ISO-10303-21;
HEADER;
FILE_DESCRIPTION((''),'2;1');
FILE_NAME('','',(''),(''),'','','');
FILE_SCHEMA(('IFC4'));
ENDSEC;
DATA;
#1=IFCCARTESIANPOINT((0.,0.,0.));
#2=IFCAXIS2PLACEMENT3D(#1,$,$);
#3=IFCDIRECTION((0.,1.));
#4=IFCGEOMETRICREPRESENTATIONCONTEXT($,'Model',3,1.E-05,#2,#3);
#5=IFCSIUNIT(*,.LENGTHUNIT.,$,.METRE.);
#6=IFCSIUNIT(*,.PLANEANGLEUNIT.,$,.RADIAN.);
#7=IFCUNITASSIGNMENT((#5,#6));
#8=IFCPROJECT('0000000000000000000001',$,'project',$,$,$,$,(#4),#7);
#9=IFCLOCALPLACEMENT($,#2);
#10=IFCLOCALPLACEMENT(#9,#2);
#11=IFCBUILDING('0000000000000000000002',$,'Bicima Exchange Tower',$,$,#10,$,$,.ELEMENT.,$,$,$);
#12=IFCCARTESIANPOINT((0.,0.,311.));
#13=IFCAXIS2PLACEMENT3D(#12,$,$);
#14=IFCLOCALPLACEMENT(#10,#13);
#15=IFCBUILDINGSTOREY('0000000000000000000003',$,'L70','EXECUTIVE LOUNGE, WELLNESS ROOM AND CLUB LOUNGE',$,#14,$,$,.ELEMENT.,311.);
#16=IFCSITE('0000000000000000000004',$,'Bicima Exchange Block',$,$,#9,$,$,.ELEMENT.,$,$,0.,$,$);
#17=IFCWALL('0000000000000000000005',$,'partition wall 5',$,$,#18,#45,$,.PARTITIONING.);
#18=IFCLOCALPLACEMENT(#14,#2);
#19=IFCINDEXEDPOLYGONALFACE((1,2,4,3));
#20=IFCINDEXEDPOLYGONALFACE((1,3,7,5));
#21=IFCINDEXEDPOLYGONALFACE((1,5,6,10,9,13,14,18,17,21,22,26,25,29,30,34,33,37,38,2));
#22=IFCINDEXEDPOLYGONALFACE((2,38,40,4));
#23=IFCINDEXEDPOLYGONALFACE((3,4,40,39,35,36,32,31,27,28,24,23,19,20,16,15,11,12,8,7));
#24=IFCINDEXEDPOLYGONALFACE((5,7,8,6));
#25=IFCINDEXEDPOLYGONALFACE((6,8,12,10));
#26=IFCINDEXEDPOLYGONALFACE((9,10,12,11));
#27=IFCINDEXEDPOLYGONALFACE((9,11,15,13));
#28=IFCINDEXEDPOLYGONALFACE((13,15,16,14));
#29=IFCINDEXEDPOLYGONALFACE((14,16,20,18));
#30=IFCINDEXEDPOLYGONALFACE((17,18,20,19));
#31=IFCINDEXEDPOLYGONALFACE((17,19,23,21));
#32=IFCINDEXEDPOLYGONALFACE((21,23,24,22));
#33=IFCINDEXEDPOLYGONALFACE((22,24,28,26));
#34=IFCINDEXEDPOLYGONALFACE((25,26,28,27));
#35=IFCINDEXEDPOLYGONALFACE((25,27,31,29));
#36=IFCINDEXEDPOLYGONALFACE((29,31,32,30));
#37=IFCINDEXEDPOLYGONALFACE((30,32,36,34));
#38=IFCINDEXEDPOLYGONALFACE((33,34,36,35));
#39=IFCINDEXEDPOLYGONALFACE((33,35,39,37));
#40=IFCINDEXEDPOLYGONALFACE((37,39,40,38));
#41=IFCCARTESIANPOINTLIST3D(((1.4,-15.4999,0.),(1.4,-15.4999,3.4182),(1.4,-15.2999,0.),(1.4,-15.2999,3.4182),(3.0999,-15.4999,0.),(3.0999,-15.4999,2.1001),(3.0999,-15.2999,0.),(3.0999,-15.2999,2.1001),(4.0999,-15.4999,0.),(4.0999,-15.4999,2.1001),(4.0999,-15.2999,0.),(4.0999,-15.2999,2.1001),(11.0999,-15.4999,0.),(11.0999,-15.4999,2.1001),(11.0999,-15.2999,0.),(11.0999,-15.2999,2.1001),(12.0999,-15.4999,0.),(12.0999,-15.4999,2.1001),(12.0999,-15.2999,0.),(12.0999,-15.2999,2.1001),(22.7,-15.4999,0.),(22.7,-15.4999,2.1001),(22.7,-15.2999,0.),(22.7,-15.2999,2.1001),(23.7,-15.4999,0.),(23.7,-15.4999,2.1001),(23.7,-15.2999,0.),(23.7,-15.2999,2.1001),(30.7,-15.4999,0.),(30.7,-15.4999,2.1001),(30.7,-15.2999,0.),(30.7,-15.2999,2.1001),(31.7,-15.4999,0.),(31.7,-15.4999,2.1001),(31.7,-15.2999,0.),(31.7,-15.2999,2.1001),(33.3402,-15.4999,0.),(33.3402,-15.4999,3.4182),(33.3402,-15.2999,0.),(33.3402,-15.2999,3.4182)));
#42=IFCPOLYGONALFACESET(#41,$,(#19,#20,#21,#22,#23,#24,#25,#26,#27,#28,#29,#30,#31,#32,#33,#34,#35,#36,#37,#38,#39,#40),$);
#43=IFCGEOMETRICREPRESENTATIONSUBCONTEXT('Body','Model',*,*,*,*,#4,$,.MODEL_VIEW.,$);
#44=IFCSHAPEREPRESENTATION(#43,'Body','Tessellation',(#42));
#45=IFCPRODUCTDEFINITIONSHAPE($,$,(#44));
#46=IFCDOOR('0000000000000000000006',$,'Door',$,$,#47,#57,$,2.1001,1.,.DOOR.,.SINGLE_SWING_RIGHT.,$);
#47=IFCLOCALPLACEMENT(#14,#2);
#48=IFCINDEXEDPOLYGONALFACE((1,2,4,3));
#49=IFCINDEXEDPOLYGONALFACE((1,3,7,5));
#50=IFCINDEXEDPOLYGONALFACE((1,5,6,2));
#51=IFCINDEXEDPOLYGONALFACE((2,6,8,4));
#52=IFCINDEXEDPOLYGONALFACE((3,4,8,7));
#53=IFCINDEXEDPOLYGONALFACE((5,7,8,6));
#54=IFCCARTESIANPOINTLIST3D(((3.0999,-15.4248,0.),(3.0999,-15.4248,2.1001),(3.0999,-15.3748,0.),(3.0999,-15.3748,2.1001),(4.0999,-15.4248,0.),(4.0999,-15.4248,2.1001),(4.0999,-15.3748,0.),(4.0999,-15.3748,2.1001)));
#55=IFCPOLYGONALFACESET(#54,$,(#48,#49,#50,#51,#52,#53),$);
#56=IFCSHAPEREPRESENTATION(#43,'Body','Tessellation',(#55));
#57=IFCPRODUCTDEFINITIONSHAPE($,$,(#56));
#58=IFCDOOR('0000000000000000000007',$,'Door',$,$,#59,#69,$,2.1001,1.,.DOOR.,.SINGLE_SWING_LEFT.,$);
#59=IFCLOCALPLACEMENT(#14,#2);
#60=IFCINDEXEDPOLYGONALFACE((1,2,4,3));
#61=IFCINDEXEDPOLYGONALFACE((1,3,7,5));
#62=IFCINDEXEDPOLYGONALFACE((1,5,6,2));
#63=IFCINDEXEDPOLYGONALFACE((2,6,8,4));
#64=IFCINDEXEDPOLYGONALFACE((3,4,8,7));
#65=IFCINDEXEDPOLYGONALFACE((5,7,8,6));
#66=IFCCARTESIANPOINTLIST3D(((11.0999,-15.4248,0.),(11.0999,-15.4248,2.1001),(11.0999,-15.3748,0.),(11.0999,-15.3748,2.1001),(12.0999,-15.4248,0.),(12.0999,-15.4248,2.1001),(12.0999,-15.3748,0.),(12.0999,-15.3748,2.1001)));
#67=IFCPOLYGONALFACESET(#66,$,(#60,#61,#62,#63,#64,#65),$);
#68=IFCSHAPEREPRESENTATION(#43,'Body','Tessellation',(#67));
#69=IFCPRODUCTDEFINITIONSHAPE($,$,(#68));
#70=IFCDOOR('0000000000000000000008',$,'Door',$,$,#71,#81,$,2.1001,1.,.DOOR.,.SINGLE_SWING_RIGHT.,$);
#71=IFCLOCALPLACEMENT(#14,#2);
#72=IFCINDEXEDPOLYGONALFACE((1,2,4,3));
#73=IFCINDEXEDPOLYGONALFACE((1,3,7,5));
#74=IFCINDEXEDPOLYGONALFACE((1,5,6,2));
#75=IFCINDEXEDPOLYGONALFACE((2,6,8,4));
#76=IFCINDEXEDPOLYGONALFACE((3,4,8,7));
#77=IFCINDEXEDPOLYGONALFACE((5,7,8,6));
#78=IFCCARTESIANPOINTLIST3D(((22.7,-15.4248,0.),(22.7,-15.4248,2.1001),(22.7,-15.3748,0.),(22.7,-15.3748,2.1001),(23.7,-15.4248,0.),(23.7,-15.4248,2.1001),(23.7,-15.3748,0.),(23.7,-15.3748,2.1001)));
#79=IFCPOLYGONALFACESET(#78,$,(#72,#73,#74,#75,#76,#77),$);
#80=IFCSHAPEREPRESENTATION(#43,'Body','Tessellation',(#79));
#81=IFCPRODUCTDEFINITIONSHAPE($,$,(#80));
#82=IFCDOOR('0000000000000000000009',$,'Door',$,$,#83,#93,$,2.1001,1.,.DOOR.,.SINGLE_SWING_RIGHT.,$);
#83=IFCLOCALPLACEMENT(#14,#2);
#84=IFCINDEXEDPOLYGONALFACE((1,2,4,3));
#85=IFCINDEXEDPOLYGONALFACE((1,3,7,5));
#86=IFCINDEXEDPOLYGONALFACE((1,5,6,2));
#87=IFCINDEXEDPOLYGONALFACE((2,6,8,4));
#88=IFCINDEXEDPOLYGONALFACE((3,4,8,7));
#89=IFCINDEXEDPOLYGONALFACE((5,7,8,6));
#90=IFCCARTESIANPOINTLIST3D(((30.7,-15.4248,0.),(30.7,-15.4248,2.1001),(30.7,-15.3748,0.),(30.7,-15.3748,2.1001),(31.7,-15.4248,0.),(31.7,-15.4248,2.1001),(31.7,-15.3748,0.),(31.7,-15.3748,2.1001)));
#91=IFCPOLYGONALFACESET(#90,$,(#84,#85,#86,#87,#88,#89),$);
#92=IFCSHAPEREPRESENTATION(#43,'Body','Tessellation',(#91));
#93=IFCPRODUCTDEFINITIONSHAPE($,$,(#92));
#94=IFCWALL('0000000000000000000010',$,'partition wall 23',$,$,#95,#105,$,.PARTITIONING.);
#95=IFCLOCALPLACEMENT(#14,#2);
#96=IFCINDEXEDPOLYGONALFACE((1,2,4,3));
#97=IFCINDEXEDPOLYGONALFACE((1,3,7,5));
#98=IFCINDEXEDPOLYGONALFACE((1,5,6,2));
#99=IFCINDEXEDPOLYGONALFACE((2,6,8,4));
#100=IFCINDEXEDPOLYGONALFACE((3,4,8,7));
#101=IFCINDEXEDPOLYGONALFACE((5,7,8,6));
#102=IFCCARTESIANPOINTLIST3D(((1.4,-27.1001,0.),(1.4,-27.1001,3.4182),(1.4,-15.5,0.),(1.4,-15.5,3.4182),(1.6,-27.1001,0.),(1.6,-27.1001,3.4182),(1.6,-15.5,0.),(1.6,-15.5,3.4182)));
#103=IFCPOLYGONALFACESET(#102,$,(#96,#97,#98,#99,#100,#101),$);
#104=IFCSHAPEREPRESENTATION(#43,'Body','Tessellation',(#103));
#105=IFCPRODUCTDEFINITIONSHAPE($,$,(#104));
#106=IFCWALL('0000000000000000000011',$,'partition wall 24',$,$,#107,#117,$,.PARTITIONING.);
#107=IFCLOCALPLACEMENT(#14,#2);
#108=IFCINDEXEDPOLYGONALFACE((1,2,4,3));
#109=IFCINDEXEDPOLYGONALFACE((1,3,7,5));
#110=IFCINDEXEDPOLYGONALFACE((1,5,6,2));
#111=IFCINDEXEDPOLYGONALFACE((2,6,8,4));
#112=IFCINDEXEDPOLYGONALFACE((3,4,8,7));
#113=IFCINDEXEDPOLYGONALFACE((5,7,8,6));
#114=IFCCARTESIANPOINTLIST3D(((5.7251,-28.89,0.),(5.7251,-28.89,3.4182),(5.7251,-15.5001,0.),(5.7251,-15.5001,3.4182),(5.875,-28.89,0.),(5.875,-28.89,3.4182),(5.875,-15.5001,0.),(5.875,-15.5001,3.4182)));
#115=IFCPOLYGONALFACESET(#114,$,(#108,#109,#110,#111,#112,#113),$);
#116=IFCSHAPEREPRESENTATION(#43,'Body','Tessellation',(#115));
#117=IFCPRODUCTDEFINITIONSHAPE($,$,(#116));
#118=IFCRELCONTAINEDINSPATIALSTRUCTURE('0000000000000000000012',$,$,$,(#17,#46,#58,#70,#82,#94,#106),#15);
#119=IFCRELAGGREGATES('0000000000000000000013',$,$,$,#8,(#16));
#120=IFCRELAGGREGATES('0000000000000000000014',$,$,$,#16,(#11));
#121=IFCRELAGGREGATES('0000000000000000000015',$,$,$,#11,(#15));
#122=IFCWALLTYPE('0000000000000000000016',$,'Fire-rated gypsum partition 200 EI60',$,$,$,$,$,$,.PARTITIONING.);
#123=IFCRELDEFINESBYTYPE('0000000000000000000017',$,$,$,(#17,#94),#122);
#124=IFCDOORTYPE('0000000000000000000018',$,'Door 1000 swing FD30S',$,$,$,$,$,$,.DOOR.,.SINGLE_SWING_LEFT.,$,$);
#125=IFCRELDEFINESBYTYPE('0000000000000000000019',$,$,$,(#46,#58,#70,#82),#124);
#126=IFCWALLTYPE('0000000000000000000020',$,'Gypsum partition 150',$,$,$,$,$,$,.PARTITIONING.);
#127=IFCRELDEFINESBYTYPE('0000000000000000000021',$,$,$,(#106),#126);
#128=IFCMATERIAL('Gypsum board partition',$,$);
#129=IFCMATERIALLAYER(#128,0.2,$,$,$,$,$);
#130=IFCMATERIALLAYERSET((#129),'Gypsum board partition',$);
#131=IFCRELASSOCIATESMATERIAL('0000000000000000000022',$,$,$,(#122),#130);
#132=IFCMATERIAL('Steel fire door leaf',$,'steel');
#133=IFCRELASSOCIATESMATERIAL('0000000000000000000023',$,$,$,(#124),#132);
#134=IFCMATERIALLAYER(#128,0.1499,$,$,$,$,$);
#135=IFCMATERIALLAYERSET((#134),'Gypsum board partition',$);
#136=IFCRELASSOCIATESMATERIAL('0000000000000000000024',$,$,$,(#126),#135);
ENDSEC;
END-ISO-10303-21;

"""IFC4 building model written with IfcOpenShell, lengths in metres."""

from ifc_helpers import new_model, si_unit, direction, frame, frame_2d, origin, place, context, subcontext, project, spatial, rectangle, extrude, material, layer, layer_set, type_object, element, fill, save


model = new_model("IFC4")

# Units and contexts
model_context = context("Model", 3, precision=1e-05, world=origin(), true_north=direction((0.0, 1.0)))
body_context = subcontext(model_context, "Body", "Model", "MODEL_VIEW")
ifc_project = project(units=[si_unit("LENGTHUNIT", "METRE"), si_unit("PLANEANGLEUNIT", "RADIAN")], contexts=[model_context])

# Site, building, storey
site_placement = place(None, origin())
site = spatial("IfcSite", under=ifc_project, at=site_placement, Name="Bicima Exchange Block", CompositionType="ELEMENT", RefElevation=0.0)
building_placement = place(site_placement, origin())
building = spatial("IfcBuilding", under=site, at=building_placement, Name="Bicima Exchange Tower", CompositionType="ELEMENT")
storey_placement = place(building_placement, frame((0.0, 0.0, 311.0)))
storey = spatial("IfcBuildingStorey", under=building, at=storey_placement, Name="L70", Description="EXECUTIVE LOUNGE, WELLNESS ROOM AND CLUB LOUNGE", CompositionType="ELEMENT", Elevation=311.0)

# Wall, openings, doors
ifc_material_1 = material(Name="Gypsum board partition")
ifc_layer_1 = layer(ifc_material_1, 0.2)
ifc_layer_set_1 = layer_set([ifc_layer_1], Name="Gypsum board partition")
wall_type_1 = type_object("IfcWallType", Name="Fire-rated gypsum partition 200 EI60", PredefinedType="PARTITIONING", material=ifc_layer_set_1)
wall_1_placement = place(storey_placement, frame((1.3999, -15.3999, 0.0), z_axis=(0.0, 0.0, 1.0), x_axis=(1.0, 0.0, 0.0)))
wall_1 = element("IfcWall", 1, at=wall_1_placement, inside=storey, type_object=wall_type_1, Name="partition wall 5", PredefinedType="PARTITIONING", context=body_context, shape_type="SweptSolid", body=[
    extrude(rectangle(XDim=31.9402, YDim=0.2, at=frame_2d((15.9702, 0.0))), origin(), (0.0, 0.0, 1.0), 3.4182),
])
opening_1_placement = place(wall_1_placement, frame((1.7, 0.0, 0.0)))
opening_1 = element("IfcOpeningElement", 2, at=opening_1_placement, cuts=wall_1, PredefinedType="OPENING", context=body_context, shape_type="SweptSolid", body=[
    extrude(rectangle(XDim=1.0, YDim=2.1001, at=frame_2d((0.5, 1.05))), frame((0.0, 0.1118, 0.0), z_axis=(0.0, -1.0, 0.0), x_axis=(1.0, 0.0, 0.0)), (0.0, 0.0, 1.0), 0.2239),
])
opening_2_placement = place(wall_1_placement, frame((9.7, 0.0, 0.0)))
opening_2 = element("IfcOpeningElement", 3, at=opening_2_placement, cuts=wall_1, PredefinedType="OPENING", context=body_context, shape_type="SweptSolid", body=[
    extrude(rectangle(XDim=1.0, YDim=2.1001, at=frame_2d((0.5, 1.05))), frame((0.0, 0.1118, 0.0), z_axis=(0.0, -1.0, 0.0), x_axis=(1.0, 0.0, 0.0)), (0.0, 0.0, 1.0), 0.2239),
])
opening_3_placement = place(wall_1_placement, frame((21.3, 0.0, 0.0)))
opening_3 = element("IfcOpeningElement", 4, at=opening_3_placement, cuts=wall_1, PredefinedType="OPENING", context=body_context, shape_type="SweptSolid", body=[
    extrude(rectangle(XDim=1.0, YDim=2.1001, at=frame_2d((0.5, 1.05))), frame((0.0, 0.1118, 0.0), z_axis=(0.0, -1.0, 0.0), x_axis=(1.0, 0.0, 0.0)), (0.0, 0.0, 1.0), 0.2239),
])
opening_4_placement = place(wall_1_placement, frame((29.3, 0.0, 0.0)))
opening_4 = element("IfcOpeningElement", 5, at=opening_4_placement, cuts=wall_1, PredefinedType="OPENING", context=body_context, shape_type="SweptSolid", body=[
    extrude(rectangle(XDim=1.0, YDim=2.1001, at=frame_2d((0.5, 1.05))), frame((0.0, 0.1118, 0.0), z_axis=(0.0, -1.0, 0.0), x_axis=(1.0, 0.0, 0.0)), (0.0, 0.0, 1.0), 0.2239),
])
ifc_material_2 = material(Name="Steel fire door leaf", Category="steel")
door_type = type_object("IfcDoorType", Name="Door 1000 swing FD30S", OperationType="SINGLE_SWING_LEFT", PredefinedType="DOOR", material=ifc_material_2)
door_1_placement = place(opening_1_placement, frame((1.0, 0.0, 0.0), z_axis=(0.0, 0.0, 1.0), x_axis=(-1.0, 0.0, 0.0)))
door_1 = element("IfcDoor", 6, at=door_1_placement, inside=storey, type_object=door_type, Name="Door", OperationType="SINGLE_SWING_RIGHT", OverallHeight=2.1001, OverallWidth=1.0, PredefinedType="DOOR", context=body_context, shape_type="SweptSolid", body=[
    extrude(rectangle(XDim=1.0, YDim=2.1001, at=frame_2d((0.5, 1.05))), frame((0.0, 0.0249, 0.0), z_axis=(0.0, -1.0, 0.0), x_axis=(1.0, 0.0, 0.0)), (0.0, 0.0, 1.0), 0.05),
])
fill(opening_1, door_1)
door_2_placement = place(opening_2_placement, frame((1.0, 0.0, 0.0), z_axis=(0.0, 0.0, 1.0), x_axis=(-1.0, 0.0, 0.0)))
door_2 = element("IfcDoor", 7, at=door_2_placement, inside=storey, type_object=door_type, Name="Door", OperationType="SINGLE_SWING_LEFT", OverallHeight=2.1001, OverallWidth=1.0, PredefinedType="DOOR", context=body_context, shape_type="SweptSolid", body=[
    extrude(rectangle(XDim=1.0, YDim=2.1001, at=frame_2d((0.5, 1.05))), frame((0.0, 0.0249, 0.0), z_axis=(0.0, -1.0, 0.0), x_axis=(1.0, 0.0, 0.0)), (0.0, 0.0, 1.0), 0.05),
])
fill(opening_2, door_2)
door_3_placement = place(opening_3_placement, frame((1.0, 0.0, 0.0), z_axis=(0.0, 0.0, 1.0), x_axis=(-1.0, 0.0, 0.0)))
door_3 = element("IfcDoor", 8, at=door_3_placement, inside=storey, type_object=door_type, Name="Door", OperationType="SINGLE_SWING_RIGHT", OverallHeight=2.1001, OverallWidth=1.0, PredefinedType="DOOR", context=body_context, shape_type="SweptSolid", body=[
    extrude(rectangle(XDim=1.0, YDim=2.1001, at=frame_2d((0.5, 1.05))), frame((0.0, 0.0249, 0.0), z_axis=(0.0, -1.0, 0.0), x_axis=(1.0, 0.0, 0.0)), (0.0, 0.0, 1.0), 0.05),
])
fill(opening_3, door_3)
door_4_placement = place(opening_4_placement, frame((1.0, 0.0, 0.0), z_axis=(0.0, 0.0, 1.0), x_axis=(-1.0, 0.0, 0.0)))
door_4 = element("IfcDoor", 9, at=door_4_placement, inside=storey, type_object=door_type, Name="Door", OperationType="SINGLE_SWING_RIGHT", OverallHeight=2.1001, OverallWidth=1.0, PredefinedType="DOOR", context=body_context, shape_type="SweptSolid", body=[
    extrude(rectangle(XDim=1.0, YDim=2.1001, at=frame_2d((0.5, 1.05))), frame((0.0, 0.0249, 0.0), z_axis=(0.0, -1.0, 0.0), x_axis=(1.0, 0.0, 0.0)), (0.0, 0.0, 1.0), 0.05),
])
fill(opening_4, door_4)

# Walls
wall_2_placement = place(storey_placement, frame((1.5, -27.1001, 0.0), z_axis=(0.0, 0.0, 1.0), x_axis=(0.0, 1.0, 0.0)))
element("IfcWall", 10, at=wall_2_placement, inside=storey, type_object=wall_type_1, Name="partition wall 23", PredefinedType="PARTITIONING", context=body_context, shape_type="SweptSolid", body=[
    extrude(rectangle(XDim=11.6001, YDim=0.2, at=frame_2d((5.8, 0.0))), origin(), (0.0, 0.0, 1.0), 3.4182),
])
ifc_layer_2 = layer(ifc_material_1, 0.1499)
ifc_layer_set_2 = layer_set([ifc_layer_2], Name="Gypsum board partition")
wall_type_2 = type_object("IfcWallType", Name="Gypsum partition 150", PredefinedType="PARTITIONING", material=ifc_layer_set_2)
wall_3_placement = place(storey_placement, frame((5.8, -28.8899, 0.0), z_axis=(0.0, 0.0, 1.0), x_axis=(0.0, 1.0, 0.0)))
element("IfcWall", 11, at=wall_3_placement, inside=storey, type_object=wall_type_2, Name="partition wall 24", PredefinedType="PARTITIONING", context=body_context, shape_type="SweptSolid", body=[
    extrude(rectangle(XDim=13.3899, YDim=0.1499, at=frame_2d((6.6948, 0.0))), origin(), (0.0, 0.0, 1.0), 3.4182),
])

save(model, "model.ifc")
